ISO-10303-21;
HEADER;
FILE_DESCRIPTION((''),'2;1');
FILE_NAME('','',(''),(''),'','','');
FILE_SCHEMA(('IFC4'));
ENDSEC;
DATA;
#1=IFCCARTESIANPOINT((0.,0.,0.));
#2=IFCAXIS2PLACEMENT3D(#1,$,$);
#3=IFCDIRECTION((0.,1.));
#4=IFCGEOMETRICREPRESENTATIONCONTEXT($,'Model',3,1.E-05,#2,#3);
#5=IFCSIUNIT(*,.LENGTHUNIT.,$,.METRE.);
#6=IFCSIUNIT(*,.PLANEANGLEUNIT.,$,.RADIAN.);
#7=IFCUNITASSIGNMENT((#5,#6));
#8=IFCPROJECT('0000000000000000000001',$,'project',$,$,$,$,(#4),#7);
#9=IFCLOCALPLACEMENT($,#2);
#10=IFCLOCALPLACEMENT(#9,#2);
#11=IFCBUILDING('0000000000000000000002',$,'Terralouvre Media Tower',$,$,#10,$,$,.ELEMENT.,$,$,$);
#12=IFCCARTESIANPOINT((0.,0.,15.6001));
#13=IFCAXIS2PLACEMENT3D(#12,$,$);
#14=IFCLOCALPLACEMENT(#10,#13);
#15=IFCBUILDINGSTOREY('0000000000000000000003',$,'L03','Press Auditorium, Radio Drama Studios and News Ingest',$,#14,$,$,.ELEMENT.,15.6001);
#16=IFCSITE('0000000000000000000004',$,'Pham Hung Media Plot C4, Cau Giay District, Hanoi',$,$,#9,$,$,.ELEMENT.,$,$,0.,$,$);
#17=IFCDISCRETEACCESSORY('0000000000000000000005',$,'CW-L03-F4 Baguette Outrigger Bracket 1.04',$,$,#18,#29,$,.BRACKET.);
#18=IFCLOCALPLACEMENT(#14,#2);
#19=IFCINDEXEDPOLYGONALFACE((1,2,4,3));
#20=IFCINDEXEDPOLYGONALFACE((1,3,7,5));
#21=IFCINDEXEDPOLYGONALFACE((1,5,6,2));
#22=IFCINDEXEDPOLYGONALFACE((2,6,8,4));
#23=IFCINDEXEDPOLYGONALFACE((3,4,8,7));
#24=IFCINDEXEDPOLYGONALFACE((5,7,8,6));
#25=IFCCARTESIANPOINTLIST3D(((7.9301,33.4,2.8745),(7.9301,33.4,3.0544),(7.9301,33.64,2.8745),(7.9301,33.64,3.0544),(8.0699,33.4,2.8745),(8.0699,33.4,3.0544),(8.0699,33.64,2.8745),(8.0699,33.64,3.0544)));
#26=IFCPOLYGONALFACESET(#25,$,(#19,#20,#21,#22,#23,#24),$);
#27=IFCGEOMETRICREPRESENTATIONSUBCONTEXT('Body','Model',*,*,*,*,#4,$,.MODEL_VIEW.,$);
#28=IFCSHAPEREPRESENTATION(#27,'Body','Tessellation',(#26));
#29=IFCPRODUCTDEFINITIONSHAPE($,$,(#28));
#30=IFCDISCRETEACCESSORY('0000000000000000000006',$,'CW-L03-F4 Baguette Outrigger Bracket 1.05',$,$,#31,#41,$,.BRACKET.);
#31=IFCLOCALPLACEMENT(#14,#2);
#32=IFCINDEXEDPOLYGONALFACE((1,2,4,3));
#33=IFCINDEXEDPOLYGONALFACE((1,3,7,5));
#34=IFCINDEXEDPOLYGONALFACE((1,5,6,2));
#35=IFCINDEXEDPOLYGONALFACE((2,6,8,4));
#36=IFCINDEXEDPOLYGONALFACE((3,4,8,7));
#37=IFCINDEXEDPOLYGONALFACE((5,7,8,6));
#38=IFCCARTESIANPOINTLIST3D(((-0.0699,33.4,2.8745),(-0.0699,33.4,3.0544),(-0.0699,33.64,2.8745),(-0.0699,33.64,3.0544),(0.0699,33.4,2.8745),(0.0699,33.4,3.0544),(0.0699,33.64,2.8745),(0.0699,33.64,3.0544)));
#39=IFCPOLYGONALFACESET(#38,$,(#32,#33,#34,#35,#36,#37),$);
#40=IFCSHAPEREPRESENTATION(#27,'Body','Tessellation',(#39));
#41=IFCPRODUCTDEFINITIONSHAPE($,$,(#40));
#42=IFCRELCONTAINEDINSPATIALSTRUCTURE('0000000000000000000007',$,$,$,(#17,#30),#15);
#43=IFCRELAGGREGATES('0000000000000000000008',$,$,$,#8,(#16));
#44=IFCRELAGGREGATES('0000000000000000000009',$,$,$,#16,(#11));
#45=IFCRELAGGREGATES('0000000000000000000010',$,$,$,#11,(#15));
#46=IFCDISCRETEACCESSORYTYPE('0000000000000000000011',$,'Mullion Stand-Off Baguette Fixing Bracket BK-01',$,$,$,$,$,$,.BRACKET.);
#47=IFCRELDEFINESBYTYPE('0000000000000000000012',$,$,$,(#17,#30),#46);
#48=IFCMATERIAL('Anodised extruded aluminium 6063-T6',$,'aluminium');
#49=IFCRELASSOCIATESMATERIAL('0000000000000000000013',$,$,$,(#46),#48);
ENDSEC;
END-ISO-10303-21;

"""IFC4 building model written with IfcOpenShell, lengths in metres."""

from ifc_helpers import new_model, si_unit, direction, frame, origin, origin_2d, place, context, subcontext, project, spatial, rectangle, extrude, material, type_object, element, save


model = new_model("IFC4")

# Units and contexts
model_context = context("Model", 3, precision=1e-05, world=origin(), true_north=direction((0.0, 1.0)))
body_context = subcontext(model_context, "Body", "Model", "MODEL_VIEW")
ifc_project = project(units=[si_unit("LENGTHUNIT", "METRE"), si_unit("PLANEANGLEUNIT", "RADIAN")], contexts=[model_context])

# Site, building, storey
site_placement = place(None, origin())
site = spatial("IfcSite", under=ifc_project, at=site_placement, Name="Pham Hung Media Plot C4, Cau Giay District, Hanoi", CompositionType="ELEMENT", RefElevation=0.0)
building_placement = place(site_placement, origin())
building = spatial("IfcBuilding", under=site, at=building_placement, Name="Terralouvre Media Tower", CompositionType="ELEMENT")
storey_placement = place(building_placement, frame((0.0, 0.0, 15.6001)))
storey = spatial("IfcBuildingStorey", under=building, at=storey_placement, Name="L03", Description="Press Auditorium, Radio Drama Studios and News Ingest", CompositionType="ELEMENT", Elevation=15.6001)

# Discrete accessories
ifc_material_1 = material(Name="Anodised extruded aluminium 6063-T6", Category="aluminium")
discrete_accessory_type = type_object("IfcDiscreteAccessoryType", Name="Mullion Stand-Off Baguette Fixing Bracket BK-01", PredefinedType="BRACKET", material=ifc_material_1)
for number, where, z_axis, x_axis, name in (
    (1, (8.0, 33.52, 2.8745), (0.0, 0.0, 1.0), (-1.0, 0.0, 0.0), "CW-L03-F4 Baguette Outrigger Bracket 1.04"),
    (2, (0.0, 33.52, 2.8745), (0.0, 0.0, 1.0), (-1.0, 0.0, 0.0), "CW-L03-F4 Baguette Outrigger Bracket 1.05"),
):
    element("IfcDiscreteAccessory", number, at=place(storey_placement, frame(where, z_axis=z_axis, x_axis=x_axis)), inside=storey, type_object=discrete_accessory_type, Name=name, PredefinedType="BRACKET", context=body_context, shape_type="SweptSolid", body=[
        extrude(rectangle(XDim=0.1399, YDim=0.24, at=origin_2d()), origin(), (0.0, 0.0, 1.0), 0.1799),
    ])

save(model, "model.ifc")
